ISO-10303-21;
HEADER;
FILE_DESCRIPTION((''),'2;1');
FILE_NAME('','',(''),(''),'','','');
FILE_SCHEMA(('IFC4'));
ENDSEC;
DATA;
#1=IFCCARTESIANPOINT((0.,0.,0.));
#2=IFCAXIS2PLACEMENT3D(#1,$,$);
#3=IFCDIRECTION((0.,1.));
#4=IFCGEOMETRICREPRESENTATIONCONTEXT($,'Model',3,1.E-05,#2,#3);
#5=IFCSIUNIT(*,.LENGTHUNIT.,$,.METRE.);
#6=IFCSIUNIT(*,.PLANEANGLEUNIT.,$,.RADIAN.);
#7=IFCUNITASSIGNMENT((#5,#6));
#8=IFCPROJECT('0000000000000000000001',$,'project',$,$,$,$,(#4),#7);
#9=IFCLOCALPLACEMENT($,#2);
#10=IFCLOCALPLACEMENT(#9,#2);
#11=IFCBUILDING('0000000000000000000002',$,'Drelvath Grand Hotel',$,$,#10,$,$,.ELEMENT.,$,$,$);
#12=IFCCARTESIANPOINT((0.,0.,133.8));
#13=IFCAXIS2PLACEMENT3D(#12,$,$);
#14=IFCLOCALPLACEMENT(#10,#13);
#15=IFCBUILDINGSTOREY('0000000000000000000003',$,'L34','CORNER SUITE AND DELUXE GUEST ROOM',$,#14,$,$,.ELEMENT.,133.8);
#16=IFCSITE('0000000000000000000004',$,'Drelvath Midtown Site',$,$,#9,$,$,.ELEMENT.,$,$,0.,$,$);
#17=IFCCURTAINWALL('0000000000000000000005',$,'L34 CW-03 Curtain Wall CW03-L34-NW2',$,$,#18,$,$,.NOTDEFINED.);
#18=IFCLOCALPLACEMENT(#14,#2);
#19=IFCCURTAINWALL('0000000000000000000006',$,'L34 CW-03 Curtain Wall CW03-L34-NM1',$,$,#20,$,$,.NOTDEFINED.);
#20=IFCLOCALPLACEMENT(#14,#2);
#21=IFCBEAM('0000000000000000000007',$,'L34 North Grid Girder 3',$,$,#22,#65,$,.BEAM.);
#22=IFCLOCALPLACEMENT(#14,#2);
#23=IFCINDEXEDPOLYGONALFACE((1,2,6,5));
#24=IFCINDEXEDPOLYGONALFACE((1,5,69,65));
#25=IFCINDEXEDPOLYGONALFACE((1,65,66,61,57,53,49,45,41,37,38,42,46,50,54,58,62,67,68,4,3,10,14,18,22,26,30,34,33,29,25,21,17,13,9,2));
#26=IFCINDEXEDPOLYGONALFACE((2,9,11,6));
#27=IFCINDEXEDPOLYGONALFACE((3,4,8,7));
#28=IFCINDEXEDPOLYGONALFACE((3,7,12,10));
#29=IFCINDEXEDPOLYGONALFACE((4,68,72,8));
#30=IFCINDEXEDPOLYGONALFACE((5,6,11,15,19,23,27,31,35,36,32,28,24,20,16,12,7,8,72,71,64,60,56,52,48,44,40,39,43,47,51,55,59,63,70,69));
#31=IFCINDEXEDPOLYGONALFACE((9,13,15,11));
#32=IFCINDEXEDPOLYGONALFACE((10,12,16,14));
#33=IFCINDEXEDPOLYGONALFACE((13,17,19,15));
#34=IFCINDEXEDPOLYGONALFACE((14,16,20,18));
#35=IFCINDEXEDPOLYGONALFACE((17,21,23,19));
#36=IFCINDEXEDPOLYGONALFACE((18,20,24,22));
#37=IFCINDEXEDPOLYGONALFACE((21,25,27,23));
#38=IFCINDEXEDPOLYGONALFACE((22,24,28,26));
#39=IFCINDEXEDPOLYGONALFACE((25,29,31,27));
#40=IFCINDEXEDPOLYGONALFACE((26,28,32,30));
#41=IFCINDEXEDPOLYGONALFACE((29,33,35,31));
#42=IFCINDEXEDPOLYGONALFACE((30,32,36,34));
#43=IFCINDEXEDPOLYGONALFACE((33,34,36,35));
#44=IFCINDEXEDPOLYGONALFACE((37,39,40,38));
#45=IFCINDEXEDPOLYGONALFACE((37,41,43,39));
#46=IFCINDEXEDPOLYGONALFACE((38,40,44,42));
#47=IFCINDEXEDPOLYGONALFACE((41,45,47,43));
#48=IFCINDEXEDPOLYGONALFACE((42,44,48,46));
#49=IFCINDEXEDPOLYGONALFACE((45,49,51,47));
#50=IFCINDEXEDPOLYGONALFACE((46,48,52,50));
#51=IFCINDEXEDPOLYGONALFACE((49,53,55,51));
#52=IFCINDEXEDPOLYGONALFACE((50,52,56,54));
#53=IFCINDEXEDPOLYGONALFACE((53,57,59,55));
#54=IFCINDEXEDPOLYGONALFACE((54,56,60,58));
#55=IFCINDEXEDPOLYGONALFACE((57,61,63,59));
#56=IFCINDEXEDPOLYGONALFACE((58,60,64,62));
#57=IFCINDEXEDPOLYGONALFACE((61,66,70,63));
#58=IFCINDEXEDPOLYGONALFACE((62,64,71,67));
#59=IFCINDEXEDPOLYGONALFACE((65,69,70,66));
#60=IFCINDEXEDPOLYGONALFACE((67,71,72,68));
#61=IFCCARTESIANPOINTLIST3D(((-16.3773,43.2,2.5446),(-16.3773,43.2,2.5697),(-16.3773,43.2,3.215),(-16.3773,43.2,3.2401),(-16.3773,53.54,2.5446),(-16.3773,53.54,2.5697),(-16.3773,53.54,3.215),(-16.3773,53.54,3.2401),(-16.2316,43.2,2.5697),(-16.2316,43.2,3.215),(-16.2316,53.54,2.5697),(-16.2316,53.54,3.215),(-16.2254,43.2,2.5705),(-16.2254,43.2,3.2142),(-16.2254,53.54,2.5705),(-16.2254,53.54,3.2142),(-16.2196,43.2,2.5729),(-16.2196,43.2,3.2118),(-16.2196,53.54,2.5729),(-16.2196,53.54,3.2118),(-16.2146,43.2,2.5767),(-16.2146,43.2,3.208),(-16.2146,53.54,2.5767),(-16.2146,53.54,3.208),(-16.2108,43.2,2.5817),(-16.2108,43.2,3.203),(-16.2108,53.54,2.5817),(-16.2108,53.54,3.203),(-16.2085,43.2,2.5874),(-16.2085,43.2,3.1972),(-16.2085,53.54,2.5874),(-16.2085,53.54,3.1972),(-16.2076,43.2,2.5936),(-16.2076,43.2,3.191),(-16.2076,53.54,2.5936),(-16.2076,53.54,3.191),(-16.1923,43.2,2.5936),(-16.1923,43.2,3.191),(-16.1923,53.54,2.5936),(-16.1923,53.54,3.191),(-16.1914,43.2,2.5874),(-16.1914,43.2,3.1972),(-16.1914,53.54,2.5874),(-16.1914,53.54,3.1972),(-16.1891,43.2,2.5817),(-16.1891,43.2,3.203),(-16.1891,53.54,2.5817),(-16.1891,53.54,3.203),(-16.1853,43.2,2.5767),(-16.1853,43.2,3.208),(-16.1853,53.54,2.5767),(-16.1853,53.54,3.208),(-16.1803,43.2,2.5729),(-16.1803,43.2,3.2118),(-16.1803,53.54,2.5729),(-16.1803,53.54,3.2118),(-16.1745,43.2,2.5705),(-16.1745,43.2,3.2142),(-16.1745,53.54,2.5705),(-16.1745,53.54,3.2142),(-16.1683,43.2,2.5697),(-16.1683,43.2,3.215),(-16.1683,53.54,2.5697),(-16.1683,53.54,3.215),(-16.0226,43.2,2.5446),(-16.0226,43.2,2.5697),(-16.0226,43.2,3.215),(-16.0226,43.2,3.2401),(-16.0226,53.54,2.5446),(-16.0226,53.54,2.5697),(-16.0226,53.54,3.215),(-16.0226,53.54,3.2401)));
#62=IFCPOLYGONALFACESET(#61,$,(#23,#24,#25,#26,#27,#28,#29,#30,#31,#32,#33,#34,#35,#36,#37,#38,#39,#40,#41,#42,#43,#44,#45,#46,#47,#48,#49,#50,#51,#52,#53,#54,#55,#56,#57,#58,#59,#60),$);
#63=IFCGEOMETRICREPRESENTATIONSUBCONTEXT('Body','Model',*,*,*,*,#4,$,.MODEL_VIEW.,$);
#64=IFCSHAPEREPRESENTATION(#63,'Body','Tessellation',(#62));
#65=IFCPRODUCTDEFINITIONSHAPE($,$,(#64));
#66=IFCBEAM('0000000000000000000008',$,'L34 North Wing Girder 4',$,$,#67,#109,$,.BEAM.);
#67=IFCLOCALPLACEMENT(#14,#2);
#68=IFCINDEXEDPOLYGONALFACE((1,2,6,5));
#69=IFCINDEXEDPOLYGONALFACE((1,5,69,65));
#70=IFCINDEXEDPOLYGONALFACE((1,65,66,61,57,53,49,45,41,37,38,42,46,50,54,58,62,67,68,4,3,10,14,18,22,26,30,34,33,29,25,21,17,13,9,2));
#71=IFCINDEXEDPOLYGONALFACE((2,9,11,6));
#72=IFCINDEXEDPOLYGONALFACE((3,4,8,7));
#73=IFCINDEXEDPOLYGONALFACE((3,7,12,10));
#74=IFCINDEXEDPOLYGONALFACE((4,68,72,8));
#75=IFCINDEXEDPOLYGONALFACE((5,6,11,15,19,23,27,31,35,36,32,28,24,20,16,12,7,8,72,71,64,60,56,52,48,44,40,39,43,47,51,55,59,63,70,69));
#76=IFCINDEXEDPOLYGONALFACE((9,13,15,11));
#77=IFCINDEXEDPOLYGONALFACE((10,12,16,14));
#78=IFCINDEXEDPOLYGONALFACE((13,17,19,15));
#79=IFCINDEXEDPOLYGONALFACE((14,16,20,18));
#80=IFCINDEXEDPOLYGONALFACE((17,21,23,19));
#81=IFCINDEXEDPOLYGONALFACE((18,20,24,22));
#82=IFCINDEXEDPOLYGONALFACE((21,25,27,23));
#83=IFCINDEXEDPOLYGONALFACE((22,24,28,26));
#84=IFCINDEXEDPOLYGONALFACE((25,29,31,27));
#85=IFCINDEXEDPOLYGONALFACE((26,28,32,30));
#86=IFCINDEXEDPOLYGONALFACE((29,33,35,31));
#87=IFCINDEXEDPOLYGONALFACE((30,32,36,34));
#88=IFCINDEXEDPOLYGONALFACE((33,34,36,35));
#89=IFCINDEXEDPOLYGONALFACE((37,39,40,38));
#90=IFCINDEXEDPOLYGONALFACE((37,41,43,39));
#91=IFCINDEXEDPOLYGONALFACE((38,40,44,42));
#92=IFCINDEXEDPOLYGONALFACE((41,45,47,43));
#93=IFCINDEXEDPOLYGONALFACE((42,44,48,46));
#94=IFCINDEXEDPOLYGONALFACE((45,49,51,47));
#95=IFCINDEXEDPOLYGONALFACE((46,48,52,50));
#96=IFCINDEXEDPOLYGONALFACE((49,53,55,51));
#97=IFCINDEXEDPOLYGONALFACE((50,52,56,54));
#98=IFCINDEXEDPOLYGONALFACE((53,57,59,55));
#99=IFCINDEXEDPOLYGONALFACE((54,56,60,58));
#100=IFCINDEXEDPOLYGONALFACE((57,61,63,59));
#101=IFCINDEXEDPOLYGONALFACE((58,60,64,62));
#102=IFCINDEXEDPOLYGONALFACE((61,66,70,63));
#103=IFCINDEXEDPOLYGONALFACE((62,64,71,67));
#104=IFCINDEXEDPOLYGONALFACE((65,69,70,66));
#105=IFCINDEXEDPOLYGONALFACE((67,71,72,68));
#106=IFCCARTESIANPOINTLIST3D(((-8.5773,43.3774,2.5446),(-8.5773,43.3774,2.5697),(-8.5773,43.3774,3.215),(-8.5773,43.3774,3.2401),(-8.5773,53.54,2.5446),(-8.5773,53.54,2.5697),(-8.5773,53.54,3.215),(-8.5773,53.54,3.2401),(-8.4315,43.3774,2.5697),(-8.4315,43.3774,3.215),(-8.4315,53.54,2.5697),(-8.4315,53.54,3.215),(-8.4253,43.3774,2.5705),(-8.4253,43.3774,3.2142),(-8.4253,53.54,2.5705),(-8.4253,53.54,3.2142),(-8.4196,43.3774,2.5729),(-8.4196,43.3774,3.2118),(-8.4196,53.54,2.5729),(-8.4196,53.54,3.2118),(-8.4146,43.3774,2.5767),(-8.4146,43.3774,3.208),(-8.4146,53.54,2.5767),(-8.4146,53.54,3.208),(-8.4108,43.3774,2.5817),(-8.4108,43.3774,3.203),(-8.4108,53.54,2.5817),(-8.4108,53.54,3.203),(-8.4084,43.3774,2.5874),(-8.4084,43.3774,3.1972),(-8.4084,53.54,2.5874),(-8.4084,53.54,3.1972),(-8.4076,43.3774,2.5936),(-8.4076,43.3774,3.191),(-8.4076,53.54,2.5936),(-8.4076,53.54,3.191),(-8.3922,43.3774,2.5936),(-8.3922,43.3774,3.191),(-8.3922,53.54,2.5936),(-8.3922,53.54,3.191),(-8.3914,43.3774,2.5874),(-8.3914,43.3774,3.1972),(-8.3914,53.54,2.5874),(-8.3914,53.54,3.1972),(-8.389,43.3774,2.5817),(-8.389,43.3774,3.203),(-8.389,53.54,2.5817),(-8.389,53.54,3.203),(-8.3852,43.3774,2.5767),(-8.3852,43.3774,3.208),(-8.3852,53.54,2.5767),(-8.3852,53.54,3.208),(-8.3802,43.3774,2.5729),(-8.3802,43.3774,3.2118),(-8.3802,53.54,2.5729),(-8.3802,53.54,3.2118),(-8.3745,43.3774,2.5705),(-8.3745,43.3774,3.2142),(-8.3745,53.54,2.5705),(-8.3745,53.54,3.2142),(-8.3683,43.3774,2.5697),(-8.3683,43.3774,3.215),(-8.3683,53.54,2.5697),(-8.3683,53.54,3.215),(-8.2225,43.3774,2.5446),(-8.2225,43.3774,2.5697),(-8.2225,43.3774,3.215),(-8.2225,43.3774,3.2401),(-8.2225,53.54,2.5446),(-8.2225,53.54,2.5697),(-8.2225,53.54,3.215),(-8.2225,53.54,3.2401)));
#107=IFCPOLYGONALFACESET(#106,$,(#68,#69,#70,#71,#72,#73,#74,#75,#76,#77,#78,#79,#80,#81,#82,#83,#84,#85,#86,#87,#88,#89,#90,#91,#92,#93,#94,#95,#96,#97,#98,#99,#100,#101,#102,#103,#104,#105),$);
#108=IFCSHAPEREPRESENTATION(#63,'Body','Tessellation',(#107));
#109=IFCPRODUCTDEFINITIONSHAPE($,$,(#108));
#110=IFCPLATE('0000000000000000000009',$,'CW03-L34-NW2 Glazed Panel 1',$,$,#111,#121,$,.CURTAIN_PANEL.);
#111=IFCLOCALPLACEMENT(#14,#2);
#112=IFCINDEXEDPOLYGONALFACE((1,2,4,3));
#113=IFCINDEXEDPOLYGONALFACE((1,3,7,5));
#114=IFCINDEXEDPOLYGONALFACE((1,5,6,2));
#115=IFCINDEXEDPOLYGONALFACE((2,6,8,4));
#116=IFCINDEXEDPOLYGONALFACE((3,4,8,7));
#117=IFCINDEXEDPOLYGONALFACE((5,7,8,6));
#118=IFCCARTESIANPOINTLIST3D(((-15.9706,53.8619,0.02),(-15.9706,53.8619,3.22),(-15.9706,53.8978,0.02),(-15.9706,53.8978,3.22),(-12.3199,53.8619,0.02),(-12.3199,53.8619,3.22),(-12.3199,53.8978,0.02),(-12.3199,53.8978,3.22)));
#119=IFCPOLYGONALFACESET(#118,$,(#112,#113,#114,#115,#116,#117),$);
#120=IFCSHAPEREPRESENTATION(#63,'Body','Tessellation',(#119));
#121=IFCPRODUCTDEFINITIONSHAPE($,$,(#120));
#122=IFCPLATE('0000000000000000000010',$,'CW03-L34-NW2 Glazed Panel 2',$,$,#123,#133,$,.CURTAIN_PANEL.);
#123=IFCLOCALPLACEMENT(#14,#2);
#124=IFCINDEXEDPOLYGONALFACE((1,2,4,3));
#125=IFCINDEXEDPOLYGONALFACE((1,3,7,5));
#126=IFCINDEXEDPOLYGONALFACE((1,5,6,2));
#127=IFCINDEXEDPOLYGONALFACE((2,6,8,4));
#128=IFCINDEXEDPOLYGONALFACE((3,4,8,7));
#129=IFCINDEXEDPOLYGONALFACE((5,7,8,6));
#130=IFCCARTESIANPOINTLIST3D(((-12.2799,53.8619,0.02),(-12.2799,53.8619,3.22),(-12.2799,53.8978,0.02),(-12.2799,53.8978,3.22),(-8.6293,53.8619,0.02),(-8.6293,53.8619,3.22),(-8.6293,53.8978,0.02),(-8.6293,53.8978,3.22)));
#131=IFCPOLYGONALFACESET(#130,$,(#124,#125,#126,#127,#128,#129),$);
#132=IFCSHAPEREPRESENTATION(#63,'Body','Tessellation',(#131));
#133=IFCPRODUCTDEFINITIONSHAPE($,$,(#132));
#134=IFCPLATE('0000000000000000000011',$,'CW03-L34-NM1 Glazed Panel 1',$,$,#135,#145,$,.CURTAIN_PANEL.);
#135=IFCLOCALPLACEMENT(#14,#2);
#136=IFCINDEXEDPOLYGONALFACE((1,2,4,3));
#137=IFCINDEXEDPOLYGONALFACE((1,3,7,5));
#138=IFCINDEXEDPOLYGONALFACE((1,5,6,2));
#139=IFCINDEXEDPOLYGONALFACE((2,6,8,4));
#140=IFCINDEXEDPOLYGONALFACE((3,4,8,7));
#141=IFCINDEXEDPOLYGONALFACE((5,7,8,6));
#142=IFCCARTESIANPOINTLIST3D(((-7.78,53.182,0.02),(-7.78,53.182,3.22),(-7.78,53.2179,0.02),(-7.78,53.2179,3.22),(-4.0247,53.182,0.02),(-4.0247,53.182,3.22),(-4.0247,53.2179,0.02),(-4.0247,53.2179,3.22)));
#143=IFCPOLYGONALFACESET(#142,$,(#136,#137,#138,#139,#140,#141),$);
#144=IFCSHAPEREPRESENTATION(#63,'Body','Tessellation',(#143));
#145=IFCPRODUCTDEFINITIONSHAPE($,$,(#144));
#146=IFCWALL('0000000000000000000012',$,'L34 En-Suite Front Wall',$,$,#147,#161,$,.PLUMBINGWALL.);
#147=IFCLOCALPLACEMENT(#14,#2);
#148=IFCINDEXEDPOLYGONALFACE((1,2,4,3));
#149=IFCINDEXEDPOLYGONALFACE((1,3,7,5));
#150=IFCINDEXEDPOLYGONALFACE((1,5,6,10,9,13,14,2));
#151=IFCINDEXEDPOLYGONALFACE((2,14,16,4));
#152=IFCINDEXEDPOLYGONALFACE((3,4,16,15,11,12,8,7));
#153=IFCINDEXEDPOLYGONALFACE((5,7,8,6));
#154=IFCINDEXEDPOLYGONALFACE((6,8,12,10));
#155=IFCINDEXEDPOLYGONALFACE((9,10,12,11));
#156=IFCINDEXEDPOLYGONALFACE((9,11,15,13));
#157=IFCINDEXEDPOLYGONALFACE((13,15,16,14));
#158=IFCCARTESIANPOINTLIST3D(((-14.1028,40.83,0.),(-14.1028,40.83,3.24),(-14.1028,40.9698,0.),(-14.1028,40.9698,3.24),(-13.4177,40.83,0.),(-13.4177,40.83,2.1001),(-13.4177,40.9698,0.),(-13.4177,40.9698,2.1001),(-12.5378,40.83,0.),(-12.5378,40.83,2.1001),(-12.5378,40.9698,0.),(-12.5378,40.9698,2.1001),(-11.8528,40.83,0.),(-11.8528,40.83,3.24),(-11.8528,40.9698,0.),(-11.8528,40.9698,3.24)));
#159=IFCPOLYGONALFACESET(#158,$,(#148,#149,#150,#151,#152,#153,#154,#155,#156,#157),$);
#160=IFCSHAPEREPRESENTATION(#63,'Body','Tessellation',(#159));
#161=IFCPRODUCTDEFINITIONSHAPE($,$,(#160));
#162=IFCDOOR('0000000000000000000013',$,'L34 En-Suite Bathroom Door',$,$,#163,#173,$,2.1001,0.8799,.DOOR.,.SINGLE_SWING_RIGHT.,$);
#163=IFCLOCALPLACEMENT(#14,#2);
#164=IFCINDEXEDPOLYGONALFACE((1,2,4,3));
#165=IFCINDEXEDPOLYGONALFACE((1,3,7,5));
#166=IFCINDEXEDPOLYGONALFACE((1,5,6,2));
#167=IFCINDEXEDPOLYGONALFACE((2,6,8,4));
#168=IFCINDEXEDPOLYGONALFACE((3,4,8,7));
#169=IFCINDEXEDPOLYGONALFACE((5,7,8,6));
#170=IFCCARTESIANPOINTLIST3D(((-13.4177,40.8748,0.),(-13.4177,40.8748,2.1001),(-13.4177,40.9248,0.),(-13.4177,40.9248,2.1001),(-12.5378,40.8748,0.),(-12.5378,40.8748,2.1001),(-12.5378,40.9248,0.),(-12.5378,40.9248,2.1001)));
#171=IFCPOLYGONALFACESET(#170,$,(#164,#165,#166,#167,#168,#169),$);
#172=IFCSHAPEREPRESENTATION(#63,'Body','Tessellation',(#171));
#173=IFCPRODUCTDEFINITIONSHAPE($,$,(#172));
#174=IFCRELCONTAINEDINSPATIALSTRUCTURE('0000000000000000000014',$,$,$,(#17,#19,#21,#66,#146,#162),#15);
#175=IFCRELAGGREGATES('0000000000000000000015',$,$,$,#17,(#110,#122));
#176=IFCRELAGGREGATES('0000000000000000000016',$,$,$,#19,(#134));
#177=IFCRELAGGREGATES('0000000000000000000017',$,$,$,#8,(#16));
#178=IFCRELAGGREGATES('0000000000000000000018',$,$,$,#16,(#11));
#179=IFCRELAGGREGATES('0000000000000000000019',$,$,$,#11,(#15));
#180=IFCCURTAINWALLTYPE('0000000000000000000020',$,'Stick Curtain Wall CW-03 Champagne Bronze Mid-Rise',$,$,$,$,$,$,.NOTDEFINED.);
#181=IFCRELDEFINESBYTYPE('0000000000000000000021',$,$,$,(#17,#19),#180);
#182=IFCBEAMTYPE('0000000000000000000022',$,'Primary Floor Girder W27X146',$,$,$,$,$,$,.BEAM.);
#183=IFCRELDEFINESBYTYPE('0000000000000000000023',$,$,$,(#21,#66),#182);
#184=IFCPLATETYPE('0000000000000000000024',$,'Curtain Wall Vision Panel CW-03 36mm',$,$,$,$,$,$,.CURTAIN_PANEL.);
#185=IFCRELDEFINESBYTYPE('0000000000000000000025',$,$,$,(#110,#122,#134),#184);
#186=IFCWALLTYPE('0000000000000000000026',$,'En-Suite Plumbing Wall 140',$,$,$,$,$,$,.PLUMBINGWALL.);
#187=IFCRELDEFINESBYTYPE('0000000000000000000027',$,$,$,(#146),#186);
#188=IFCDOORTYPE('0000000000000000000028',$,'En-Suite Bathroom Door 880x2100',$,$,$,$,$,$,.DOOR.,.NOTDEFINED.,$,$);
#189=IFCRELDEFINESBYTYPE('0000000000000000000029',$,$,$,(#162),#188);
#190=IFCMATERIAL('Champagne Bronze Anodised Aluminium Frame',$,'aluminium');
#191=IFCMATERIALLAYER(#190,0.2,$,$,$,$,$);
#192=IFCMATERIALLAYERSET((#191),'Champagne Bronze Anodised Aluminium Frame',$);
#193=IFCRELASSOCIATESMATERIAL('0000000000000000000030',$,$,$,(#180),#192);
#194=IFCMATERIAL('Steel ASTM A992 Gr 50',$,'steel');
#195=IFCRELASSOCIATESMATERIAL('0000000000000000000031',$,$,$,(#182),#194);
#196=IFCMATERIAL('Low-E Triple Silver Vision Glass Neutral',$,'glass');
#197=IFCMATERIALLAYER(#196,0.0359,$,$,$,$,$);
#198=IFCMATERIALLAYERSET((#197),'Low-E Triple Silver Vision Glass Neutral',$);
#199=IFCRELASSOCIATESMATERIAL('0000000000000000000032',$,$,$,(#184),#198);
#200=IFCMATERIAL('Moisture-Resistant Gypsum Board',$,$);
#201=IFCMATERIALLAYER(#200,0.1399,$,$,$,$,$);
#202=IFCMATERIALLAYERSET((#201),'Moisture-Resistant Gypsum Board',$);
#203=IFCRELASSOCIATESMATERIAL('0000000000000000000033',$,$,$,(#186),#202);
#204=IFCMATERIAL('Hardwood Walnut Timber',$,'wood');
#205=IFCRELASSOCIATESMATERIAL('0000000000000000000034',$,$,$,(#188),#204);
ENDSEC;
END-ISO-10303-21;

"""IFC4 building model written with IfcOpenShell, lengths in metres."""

from ifc_helpers import new_model, si_unit, direction, frame, frame_2d, origin, origin_2d, place, context, subcontext, project, spatial, rectangle, i_section, extrude, material, layer, layer_set, material_profile, profile_set, type_object, element, fill, aggregate, save


model = new_model("IFC4")

# Units and contexts
model_context = context("Model", 3, precision=1e-05, world=origin(), true_north=direction((0.0, 1.0)))
body_context = subcontext(model_context, "Body", "Model", "MODEL_VIEW")
ifc_project = project(units=[si_unit("LENGTHUNIT", "METRE"), si_unit("PLANEANGLEUNIT", "RADIAN")], contexts=[model_context])

# Site, building, storey
site_placement = place(None, origin())
site = spatial("IfcSite", under=ifc_project, at=site_placement, Name="Drelvath Midtown Site", CompositionType="ELEMENT", RefElevation=0.0)
building_placement = place(site_placement, origin())
building = spatial("IfcBuilding", under=site, at=building_placement, Name="Drelvath Grand Hotel", CompositionType="ELEMENT")
storey_placement = place(building_placement, frame((0.0, 0.0, 133.8)))
storey = spatial("IfcBuildingStorey", under=building, at=storey_placement, Name="L34", Description="CORNER SUITE AND DELUXE GUEST ROOM", CompositionType="ELEMENT", Elevation=133.8)

# Curtain walls
ifc_material_1 = material(Name="Champagne Bronze Anodised Aluminium Frame", Category="aluminium")
ifc_layer_1 = layer(ifc_material_1, 0.2)
ifc_layer_set_1 = layer_set([ifc_layer_1], Name="Champagne Bronze Anodised Aluminium Frame")
curtain_wall_type = type_object("IfcCurtainWallType", Name="Stick Curtain Wall CW-03 Champagne Bronze Mid-Rise", PredefinedType="NOTDEFINED", material=ifc_layer_set_1)
curtain_wall_1_placement = place(storey_placement, origin())
curtain_wall_1 = element("IfcCurtainWall", 1, at=curtain_wall_1_placement, inside=storey, type_object=curtain_wall_type, Name="L34 CW-03 Curtain Wall CW03-L34-NW2", PredefinedType="NOTDEFINED")
curtain_wall_2_placement = place(storey_placement, origin())
curtain_wall_2 = element("IfcCurtainWall", 2, at=curtain_wall_2_placement, inside=storey, type_object=curtain_wall_type, Name="L34 CW-03 Curtain Wall CW03-L34-NM1", PredefinedType="NOTDEFINED")

# Beams
ifc_material_2 = material(Name="Steel ASTM A992 Gr 50", Category="steel")
ifc_material_profile_1 = material_profile(ifc_material_2, i_section(OverallWidth=0.3547, OverallDepth=0.6956, WebThickness=0.0154, FlangeThickness=0.0251, FilletRadius=0.0239, at=origin_2d()), Name="W27X146")
ifc_profile_set_1 = profile_set([ifc_material_profile_1], Name="Steel ASTM A992 Gr 50")
beam_type_1 = type_object("IfcBeamType", Name="Primary Floor Girder W27X146", PredefinedType="BEAM", material=ifc_profile_set_1)
beam_1_placement = place(storey_placement, frame((-16.2, 43.2, 2.8923), z_axis=(0.0, 1.0, 0.0), x_axis=(-1.0, 0.0, 0.0)))
element("IfcBeam", 3, at=beam_1_placement, inside=storey, type_object=beam_type_1, Name="L34 North Grid Girder 3", PredefinedType="BEAM", context=body_context, shape_type="SweptSolid", body=[
    extrude(i_section(OverallWidth=0.3547, OverallDepth=0.6956, WebThickness=0.0154, FlangeThickness=0.0251, FilletRadius=0.0239, at=origin_2d()), origin(), (0.0, 0.0, 1.0), 10.3401),
])
beam_2_placement = place(storey_placement, frame((-8.3999, 43.3774, 2.8923), z_axis=(0.0, 1.0, 0.0), x_axis=(-1.0, 0.0, 0.0)))
element("IfcBeam", 4, at=beam_2_placement, inside=storey, type_object=beam_type_1, Name="L34 North Wing Girder 4", PredefinedType="BEAM", context=body_context, shape_type="SweptSolid", body=[
    extrude(i_section(OverallWidth=0.3547, OverallDepth=0.6956, WebThickness=0.0154, FlangeThickness=0.0251, FilletRadius=0.0239, at=origin_2d()), origin(), (0.0, 0.0, 1.0), 10.1626),
])

# Plates
ifc_material_3 = material(Name="Low-E Triple Silver Vision Glass Neutral", Category="glass")
ifc_layer_2 = layer(ifc_material_3, 0.0359)
ifc_layer_set_2 = layer_set([ifc_layer_2], Name="Low-E Triple Silver Vision Glass Neutral")
plate_type = type_object("IfcPlateType", Name="Curtain Wall Vision Panel CW-03 36mm", PredefinedType="CURTAIN_PANEL", material=ifc_layer_set_2)
plate_1_placement = place(storey_placement, frame((-14.1453, 53.8799, 0.02), z_axis=(0.0, 0.0, 1.0), x_axis=(1.0, 0.0, 0.0)))
plate_1 = element("IfcPlate", 5, at=plate_1_placement, type_object=plate_type, Name="CW03-L34-NW2 Glazed Panel 1", PredefinedType="CURTAIN_PANEL", context=body_context, shape_type="SweptSolid", body=[
    extrude(rectangle(XDim=3.6506, YDim=0.0359, at=origin_2d()), origin(), (0.0, 0.0, 1.0), 3.2),
])
plate_2_placement = place(storey_placement, frame((-10.4546, 53.8799, 0.02), z_axis=(0.0, 0.0, 1.0), x_axis=(1.0, 0.0, 0.0)))
plate_2 = element("IfcPlate", 6, at=plate_2_placement, type_object=plate_type, Name="CW03-L34-NW2 Glazed Panel 2", PredefinedType="CURTAIN_PANEL", context=body_context, shape_type="SweptSolid", body=[
    extrude(rectangle(XDim=3.6506, YDim=0.0359, at=origin_2d()), origin(), (0.0, 0.0, 1.0), 3.2),
])
aggregate(curtain_wall_1, [plate_1, plate_2])
plate_3_placement = place(storey_placement, frame((-5.9023, 53.2, 0.02), z_axis=(0.0, 0.0, 1.0), x_axis=(1.0, 0.0, 0.0)))
plate_3 = element("IfcPlate", 7, at=plate_3_placement, type_object=plate_type, Name="CW03-L34-NM1 Glazed Panel 1", PredefinedType="CURTAIN_PANEL", context=body_context, shape_type="SweptSolid", body=[
    extrude(rectangle(XDim=3.7554, YDim=0.0359, at=origin_2d()), origin(), (0.0, 0.0, 1.0), 3.2),
])
aggregate(curtain_wall_2, [plate_3])

# Wall, opening, door
ifc_material_4 = material(Name="Moisture-Resistant Gypsum Board")
ifc_layer_3 = layer(ifc_material_4, 0.1399)
ifc_layer_set_3 = layer_set([ifc_layer_3], Name="Moisture-Resistant Gypsum Board")
wall_type_1 = type_object("IfcWallType", Name="En-Suite Plumbing Wall 140", PredefinedType="PLUMBINGWALL", material=ifc_layer_set_3)
wall_1_placement = place(storey_placement, frame((-14.1028, 40.8999, 0.0), z_axis=(0.0, 0.0, 1.0), x_axis=(1.0, 0.0, 0.0)))
wall_1 = element("IfcWall", 8, at=wall_1_placement, inside=storey, type_object=wall_type_1, Name="L34 En-Suite Front Wall", PredefinedType="PLUMBINGWALL", context=body_context, shape_type="SweptSolid", body=[
    extrude(rectangle(XDim=2.25, YDim=0.1399, at=frame_2d((1.125, 0.0))), origin(), (0.0, 0.0, 1.0), 3.24),
])
opening_1_placement = place(wall_1_placement, frame((0.6851, 0.0, 0.0)))
opening_1 = element("IfcOpeningElement", 9, at=opening_1_placement, cuts=wall_1, PredefinedType="OPENING", context=body_context, shape_type="SweptSolid", body=[
    extrude(rectangle(XDim=0.8799, YDim=2.1001, at=frame_2d((0.4399, 1.05))), frame((0.0, 0.0798, 0.0), z_axis=(0.0, -1.0, 0.0), x_axis=(1.0, 0.0, 0.0)), (0.0, 0.0, 1.0), 0.1599),
])
ifc_material_5 = material(Name="Hardwood Walnut Timber", Category="wood")
door_type = type_object("IfcDoorType", Name="En-Suite Bathroom Door 880x2100", OperationType="NOTDEFINED", PredefinedType="DOOR", material=ifc_material_5)
door_1_placement = place(opening_1_placement, origin())
door_1 = element("IfcDoor", 10, at=door_1_placement, inside=storey, type_object=door_type, Name="L34 En-Suite Bathroom Door", OperationType="SINGLE_SWING_RIGHT", OverallHeight=2.1001, OverallWidth=0.8799, PredefinedType="DOOR", context=body_context, shape_type="SweptSolid", body=[
    extrude(rectangle(XDim=0.8799, YDim=2.1001, at=frame_2d((0.4399, 1.05))), frame((0.0, 0.0249, 0.0), z_axis=(0.0, -1.0, 0.0), x_axis=(1.0, 0.0, 0.0)), (0.0, 0.0, 1.0), 0.05),
])
fill(opening_1, door_1)

save(model, "model.ifc")
